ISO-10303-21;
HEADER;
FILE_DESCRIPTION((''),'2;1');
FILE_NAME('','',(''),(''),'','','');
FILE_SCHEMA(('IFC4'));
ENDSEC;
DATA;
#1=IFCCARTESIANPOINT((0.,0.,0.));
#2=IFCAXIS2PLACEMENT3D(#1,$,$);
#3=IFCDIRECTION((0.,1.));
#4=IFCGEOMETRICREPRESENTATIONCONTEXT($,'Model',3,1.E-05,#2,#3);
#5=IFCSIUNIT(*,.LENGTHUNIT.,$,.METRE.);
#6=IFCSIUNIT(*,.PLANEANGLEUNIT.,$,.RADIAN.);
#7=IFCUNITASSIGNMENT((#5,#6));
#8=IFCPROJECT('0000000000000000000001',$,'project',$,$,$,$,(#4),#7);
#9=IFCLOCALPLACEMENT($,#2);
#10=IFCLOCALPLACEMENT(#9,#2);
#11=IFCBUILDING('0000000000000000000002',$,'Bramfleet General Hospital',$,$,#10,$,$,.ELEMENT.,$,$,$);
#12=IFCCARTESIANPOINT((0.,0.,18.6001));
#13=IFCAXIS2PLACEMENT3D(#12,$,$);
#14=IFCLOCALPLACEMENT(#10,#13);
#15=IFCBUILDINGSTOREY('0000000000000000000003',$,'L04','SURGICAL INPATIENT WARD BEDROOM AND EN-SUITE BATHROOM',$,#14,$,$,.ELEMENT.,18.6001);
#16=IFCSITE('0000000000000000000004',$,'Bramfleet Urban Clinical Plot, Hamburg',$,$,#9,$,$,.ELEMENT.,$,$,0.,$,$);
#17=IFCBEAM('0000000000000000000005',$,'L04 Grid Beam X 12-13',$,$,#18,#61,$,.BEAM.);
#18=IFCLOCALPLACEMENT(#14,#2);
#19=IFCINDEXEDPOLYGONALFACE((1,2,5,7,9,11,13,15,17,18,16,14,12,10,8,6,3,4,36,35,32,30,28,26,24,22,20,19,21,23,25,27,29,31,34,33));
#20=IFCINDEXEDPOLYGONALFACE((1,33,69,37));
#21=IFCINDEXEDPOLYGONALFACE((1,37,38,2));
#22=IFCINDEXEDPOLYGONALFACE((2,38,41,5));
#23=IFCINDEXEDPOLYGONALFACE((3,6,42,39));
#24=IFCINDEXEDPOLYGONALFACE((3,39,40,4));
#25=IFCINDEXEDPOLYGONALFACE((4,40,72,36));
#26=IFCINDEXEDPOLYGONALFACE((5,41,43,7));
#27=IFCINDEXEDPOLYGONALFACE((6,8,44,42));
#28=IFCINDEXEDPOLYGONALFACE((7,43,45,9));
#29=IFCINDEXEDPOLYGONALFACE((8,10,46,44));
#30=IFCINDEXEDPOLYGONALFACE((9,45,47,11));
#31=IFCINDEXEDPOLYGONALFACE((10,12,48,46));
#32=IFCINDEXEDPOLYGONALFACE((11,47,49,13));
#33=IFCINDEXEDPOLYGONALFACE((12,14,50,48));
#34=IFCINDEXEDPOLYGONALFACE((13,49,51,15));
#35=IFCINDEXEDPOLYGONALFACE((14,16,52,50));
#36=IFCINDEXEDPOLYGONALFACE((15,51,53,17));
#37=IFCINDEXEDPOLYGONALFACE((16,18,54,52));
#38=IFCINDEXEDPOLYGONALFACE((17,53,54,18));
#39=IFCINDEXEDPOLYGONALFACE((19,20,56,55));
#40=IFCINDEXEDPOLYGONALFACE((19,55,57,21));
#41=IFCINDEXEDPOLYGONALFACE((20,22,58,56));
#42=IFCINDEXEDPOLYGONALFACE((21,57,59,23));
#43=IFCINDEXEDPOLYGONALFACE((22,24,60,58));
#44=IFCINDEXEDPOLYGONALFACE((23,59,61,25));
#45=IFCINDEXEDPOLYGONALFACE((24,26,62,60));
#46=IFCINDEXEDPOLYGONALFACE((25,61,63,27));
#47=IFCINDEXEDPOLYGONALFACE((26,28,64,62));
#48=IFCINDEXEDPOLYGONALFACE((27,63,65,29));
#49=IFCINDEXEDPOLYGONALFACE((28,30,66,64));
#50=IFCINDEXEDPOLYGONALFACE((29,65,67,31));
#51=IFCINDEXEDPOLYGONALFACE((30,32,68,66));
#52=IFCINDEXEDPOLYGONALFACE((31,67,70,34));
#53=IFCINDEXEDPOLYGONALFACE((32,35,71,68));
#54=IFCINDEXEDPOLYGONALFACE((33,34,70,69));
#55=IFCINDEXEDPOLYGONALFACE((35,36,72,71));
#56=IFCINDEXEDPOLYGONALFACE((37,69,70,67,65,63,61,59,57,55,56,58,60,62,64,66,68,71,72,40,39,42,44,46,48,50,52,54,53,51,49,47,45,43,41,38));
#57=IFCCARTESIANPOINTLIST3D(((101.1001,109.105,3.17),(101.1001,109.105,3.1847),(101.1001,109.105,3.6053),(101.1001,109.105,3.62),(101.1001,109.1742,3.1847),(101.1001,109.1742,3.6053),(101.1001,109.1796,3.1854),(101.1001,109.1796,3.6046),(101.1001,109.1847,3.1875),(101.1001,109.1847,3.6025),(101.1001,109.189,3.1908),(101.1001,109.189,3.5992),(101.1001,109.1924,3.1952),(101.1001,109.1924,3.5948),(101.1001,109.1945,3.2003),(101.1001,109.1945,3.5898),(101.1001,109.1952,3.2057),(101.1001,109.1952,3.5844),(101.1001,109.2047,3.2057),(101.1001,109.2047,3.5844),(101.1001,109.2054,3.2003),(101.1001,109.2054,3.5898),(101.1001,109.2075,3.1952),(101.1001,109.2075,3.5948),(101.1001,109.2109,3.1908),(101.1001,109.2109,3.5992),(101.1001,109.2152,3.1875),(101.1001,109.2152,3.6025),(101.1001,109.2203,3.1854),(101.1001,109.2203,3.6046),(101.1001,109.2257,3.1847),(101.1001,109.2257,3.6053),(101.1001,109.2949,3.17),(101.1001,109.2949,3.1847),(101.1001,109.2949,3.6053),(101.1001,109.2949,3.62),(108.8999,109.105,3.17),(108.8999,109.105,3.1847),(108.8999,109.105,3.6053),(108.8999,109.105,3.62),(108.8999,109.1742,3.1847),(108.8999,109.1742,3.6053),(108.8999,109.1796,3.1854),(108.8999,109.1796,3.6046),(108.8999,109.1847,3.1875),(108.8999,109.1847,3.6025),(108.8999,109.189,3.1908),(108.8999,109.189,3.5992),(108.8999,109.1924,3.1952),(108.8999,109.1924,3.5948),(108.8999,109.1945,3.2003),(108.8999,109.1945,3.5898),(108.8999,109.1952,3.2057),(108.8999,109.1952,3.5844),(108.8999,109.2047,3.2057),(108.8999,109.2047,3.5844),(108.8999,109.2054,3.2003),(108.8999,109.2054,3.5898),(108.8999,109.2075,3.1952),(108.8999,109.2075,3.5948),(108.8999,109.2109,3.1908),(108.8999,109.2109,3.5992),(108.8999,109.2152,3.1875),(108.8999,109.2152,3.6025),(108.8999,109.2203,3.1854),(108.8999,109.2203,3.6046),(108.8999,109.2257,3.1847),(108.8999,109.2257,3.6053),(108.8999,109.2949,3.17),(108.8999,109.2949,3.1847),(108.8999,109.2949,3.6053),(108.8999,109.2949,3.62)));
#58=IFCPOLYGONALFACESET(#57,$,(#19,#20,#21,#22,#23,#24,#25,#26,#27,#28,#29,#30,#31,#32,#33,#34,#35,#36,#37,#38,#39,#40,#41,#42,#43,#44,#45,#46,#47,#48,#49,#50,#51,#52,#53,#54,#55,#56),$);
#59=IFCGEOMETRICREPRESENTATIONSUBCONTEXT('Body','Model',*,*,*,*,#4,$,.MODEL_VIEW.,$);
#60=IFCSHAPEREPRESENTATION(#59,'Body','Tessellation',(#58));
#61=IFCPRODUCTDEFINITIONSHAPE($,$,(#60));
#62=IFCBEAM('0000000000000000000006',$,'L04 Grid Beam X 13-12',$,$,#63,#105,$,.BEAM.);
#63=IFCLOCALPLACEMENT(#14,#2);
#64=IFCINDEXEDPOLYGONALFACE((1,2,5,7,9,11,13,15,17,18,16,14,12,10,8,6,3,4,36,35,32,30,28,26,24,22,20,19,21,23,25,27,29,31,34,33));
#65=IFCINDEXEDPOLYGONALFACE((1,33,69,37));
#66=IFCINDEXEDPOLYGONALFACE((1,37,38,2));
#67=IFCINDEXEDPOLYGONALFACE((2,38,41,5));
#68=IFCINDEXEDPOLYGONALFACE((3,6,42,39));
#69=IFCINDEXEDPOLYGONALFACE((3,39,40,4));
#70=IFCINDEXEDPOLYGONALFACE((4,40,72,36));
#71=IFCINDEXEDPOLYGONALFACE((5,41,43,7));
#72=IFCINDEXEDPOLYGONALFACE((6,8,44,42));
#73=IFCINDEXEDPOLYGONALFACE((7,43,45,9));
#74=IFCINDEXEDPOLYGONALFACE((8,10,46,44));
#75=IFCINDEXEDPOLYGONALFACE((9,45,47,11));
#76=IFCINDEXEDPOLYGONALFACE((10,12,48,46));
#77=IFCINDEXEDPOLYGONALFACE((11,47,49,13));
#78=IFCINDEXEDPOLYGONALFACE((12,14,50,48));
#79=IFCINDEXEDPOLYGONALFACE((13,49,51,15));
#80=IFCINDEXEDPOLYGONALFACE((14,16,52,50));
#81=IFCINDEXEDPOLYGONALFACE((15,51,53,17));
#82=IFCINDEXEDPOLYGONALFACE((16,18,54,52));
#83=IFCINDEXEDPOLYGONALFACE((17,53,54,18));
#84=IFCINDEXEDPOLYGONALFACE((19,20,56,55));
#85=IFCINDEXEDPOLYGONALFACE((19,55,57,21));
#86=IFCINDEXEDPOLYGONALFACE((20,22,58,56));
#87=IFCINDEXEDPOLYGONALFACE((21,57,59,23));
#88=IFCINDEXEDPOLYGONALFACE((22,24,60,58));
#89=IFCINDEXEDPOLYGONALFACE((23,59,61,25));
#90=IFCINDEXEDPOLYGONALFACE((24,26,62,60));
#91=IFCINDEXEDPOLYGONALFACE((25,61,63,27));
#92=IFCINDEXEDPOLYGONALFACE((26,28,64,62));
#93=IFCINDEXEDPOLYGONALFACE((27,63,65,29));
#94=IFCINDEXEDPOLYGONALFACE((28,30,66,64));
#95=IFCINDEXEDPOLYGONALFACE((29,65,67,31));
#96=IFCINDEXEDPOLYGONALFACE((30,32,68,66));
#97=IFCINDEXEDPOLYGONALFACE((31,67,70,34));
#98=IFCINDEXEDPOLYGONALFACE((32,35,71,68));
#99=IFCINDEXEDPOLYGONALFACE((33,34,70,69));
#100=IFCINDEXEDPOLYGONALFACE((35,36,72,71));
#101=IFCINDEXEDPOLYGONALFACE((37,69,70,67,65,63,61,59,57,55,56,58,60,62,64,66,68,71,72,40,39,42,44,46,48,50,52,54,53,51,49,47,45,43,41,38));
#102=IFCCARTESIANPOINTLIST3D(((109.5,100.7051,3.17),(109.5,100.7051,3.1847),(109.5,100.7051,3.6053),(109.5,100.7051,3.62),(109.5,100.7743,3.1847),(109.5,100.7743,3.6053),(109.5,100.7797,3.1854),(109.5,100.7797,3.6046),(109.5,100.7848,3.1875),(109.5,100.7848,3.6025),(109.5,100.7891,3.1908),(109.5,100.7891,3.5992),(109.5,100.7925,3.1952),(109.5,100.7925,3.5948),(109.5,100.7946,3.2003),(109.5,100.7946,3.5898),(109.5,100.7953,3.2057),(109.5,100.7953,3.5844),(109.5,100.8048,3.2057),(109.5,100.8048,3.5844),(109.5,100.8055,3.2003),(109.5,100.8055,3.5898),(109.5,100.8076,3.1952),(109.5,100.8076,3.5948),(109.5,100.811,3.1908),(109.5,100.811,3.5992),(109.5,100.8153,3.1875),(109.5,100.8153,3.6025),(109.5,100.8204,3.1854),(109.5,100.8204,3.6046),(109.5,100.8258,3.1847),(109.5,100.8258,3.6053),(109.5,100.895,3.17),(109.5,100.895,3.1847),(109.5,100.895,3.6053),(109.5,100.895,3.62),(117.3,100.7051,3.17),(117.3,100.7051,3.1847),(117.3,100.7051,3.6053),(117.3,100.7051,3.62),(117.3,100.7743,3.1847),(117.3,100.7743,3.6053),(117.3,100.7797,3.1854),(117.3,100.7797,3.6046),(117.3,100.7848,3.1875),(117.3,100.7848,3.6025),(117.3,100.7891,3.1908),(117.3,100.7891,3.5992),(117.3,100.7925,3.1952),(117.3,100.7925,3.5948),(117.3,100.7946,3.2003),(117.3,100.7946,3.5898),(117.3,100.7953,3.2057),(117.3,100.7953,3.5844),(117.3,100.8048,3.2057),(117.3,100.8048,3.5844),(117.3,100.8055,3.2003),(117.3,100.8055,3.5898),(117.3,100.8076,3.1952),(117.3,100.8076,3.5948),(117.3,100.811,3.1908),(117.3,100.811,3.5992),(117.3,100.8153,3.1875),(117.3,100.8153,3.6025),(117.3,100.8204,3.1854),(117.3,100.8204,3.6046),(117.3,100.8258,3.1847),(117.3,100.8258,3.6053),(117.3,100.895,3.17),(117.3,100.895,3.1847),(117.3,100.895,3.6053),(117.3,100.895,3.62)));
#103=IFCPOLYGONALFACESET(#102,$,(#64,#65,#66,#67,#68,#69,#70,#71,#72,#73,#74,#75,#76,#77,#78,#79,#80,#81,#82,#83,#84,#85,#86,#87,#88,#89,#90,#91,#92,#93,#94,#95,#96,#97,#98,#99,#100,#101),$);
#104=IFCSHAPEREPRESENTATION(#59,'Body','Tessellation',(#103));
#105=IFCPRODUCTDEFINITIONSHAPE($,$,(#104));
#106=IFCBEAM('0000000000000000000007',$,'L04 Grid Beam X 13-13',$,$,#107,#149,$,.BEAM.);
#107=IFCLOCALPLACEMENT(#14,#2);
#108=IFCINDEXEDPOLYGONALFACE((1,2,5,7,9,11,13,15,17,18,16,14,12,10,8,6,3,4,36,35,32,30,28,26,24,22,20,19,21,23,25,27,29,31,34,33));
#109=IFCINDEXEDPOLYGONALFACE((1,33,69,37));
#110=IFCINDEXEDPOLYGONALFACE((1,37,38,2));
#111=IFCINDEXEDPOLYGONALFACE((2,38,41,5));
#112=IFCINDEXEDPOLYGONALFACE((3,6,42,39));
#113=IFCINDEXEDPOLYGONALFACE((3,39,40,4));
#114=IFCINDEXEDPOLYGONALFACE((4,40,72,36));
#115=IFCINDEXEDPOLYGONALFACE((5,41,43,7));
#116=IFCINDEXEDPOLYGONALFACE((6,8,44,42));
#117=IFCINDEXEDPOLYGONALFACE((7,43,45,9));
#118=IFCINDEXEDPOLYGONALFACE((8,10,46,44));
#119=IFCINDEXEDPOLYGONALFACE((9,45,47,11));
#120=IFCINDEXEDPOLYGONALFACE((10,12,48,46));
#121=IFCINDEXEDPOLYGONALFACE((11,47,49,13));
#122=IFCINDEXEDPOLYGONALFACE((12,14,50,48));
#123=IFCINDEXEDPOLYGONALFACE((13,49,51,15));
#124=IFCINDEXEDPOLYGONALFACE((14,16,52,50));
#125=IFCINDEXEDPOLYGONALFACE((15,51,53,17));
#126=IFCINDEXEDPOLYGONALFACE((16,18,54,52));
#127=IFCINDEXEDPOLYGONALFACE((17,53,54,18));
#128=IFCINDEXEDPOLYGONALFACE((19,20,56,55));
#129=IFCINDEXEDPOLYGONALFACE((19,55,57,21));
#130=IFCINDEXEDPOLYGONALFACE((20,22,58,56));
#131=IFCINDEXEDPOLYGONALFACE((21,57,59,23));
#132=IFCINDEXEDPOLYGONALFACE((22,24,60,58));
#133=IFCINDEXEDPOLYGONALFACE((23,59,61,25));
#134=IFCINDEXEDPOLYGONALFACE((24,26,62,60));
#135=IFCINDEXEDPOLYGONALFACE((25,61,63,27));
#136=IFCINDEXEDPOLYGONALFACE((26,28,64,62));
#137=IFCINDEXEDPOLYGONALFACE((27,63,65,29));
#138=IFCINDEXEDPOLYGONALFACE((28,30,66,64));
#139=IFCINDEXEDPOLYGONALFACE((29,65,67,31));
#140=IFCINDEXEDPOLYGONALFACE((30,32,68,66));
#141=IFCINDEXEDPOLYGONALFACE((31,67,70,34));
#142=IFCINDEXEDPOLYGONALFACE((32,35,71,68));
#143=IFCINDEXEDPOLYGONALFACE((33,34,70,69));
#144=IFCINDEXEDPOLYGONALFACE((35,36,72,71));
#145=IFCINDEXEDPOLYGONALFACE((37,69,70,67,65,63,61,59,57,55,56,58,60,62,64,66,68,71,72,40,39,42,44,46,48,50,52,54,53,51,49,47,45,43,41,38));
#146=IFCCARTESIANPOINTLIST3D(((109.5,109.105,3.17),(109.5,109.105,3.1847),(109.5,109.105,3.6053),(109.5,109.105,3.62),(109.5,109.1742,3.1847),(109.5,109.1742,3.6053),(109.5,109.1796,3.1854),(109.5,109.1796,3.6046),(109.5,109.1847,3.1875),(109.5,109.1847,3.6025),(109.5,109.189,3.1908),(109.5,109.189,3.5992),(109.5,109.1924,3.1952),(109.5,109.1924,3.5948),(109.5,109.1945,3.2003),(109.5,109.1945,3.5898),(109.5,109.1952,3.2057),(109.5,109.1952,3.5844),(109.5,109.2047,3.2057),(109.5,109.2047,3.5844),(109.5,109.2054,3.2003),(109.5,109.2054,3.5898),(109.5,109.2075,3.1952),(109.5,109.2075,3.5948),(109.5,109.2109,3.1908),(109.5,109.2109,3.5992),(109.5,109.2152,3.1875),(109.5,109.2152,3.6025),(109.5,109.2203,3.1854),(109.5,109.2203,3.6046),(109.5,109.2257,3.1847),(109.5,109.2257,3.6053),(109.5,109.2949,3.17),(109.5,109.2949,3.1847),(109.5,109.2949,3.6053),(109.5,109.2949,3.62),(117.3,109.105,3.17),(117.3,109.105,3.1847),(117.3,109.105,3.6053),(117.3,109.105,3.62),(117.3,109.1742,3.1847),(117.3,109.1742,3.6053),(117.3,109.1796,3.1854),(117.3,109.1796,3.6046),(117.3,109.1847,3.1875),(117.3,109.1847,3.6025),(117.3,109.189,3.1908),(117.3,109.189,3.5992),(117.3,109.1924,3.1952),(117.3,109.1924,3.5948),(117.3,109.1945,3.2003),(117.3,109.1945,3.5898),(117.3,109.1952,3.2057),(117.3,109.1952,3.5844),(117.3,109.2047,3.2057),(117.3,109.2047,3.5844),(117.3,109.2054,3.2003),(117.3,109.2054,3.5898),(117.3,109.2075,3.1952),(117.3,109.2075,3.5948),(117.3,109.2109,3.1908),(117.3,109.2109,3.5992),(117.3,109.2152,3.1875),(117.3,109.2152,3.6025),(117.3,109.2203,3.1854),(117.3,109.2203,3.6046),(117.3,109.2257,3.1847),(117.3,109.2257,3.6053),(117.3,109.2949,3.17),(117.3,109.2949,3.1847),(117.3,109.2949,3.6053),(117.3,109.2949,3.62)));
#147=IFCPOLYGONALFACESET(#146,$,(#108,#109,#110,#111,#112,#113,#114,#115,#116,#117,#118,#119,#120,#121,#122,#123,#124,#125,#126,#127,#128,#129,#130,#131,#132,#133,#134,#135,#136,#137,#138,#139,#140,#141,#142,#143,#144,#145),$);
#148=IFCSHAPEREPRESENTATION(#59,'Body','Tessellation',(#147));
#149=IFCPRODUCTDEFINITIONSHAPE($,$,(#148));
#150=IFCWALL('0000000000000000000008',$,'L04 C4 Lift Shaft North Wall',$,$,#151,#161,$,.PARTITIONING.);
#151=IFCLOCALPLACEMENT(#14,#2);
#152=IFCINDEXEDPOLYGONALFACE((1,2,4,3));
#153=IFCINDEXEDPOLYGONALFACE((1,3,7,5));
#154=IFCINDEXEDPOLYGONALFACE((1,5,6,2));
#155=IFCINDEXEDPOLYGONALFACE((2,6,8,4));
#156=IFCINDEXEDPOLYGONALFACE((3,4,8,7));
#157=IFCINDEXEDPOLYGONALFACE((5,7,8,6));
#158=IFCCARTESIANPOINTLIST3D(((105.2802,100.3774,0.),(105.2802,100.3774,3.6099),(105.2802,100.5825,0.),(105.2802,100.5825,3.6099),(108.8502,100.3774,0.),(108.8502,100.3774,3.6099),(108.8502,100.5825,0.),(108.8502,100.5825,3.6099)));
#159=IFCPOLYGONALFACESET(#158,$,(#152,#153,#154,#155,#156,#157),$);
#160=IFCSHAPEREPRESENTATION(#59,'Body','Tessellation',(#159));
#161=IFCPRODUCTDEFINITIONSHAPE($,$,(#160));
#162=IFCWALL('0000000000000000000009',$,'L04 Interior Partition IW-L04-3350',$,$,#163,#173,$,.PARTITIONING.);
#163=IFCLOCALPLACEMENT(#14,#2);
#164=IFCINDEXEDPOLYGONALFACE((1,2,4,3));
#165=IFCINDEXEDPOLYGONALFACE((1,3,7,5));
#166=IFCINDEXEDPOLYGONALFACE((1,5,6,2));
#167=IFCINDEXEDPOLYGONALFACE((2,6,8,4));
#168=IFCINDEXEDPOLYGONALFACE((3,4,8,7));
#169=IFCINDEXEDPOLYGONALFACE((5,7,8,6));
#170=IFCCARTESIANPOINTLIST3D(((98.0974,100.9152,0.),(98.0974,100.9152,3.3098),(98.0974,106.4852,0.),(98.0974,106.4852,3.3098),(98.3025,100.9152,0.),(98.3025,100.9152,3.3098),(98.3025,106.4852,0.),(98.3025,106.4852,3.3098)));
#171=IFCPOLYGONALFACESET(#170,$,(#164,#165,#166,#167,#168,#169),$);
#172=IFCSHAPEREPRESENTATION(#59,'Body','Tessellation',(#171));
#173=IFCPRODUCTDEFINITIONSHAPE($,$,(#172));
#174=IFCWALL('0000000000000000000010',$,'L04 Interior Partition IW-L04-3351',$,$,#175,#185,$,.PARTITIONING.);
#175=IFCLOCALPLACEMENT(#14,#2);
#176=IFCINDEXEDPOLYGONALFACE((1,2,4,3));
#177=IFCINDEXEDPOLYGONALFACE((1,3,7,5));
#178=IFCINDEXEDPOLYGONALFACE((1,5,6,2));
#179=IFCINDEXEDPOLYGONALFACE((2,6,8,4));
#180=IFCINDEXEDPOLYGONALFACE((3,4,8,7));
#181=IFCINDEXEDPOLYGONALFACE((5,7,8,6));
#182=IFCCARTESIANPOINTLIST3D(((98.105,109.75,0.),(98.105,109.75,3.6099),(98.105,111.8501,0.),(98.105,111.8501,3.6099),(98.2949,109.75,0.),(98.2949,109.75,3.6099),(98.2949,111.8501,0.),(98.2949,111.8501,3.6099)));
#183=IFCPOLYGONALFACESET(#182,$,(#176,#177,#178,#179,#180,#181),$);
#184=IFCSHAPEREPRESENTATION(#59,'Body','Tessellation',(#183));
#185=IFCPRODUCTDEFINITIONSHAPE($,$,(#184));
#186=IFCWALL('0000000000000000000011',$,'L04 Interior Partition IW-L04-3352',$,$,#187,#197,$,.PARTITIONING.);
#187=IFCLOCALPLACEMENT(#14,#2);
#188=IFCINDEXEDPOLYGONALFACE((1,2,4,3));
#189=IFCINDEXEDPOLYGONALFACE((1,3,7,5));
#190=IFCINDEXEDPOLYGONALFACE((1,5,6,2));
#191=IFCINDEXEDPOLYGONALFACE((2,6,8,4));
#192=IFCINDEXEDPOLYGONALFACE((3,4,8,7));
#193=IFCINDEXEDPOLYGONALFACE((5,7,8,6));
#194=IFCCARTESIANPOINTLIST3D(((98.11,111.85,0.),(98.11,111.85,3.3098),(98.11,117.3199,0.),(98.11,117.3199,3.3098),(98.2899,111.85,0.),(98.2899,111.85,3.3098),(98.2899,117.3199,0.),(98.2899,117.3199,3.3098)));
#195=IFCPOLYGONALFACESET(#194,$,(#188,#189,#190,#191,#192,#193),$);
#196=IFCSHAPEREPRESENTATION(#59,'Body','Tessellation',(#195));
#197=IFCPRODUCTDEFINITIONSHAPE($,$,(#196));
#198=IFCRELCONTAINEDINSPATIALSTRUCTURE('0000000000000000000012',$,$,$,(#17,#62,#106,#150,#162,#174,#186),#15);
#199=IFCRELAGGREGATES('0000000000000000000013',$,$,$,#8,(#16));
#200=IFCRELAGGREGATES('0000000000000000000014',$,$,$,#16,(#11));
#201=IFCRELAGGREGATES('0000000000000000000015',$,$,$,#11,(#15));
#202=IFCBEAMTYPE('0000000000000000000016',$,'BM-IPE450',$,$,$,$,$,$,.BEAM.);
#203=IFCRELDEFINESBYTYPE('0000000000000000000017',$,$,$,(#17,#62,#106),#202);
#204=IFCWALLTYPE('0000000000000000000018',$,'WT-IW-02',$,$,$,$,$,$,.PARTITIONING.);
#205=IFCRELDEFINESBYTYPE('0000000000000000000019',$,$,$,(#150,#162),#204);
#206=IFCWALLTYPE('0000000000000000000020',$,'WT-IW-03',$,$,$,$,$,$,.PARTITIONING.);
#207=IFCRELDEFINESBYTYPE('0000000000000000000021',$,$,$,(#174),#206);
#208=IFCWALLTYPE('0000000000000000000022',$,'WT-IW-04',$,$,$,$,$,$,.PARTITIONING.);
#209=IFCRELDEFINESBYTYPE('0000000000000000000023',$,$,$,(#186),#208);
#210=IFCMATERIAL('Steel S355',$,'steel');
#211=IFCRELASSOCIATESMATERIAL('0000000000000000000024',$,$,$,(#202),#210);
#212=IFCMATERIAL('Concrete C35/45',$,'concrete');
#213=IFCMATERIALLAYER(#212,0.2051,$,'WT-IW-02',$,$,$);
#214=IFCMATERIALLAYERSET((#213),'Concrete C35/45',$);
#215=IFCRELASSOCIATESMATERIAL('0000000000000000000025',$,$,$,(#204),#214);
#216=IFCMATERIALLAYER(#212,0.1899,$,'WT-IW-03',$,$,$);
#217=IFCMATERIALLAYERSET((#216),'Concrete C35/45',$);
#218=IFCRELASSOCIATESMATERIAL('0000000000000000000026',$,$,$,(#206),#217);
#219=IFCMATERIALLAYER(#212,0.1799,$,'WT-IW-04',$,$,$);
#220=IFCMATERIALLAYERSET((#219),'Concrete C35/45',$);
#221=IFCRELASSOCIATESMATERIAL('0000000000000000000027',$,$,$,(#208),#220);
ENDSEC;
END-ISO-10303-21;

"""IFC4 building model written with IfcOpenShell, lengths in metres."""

from ifc_helpers import new_model, si_unit, direction, frame, frame_2d, origin, origin_2d, place, context, subcontext, project, spatial, rectangle, i_section, extrude, material, layer, layer_set, material_profile, profile_set, type_object, element, save


model = new_model("IFC4")

# Units and contexts
model_context = context("Model", 3, precision=1e-05, world=origin(), true_north=direction((0.0, 1.0)))
body_context = subcontext(model_context, "Body", "Model", "MODEL_VIEW")
ifc_project = project(units=[si_unit("LENGTHUNIT", "METRE"), si_unit("PLANEANGLEUNIT", "RADIAN")], contexts=[model_context])

# Site, building, storey
site_placement = place(None, origin())
site = spatial("IfcSite", under=ifc_project, at=site_placement, Name="Bramfleet Urban Clinical Plot, Hamburg", CompositionType="ELEMENT", RefElevation=0.0)
building_placement = place(site_placement, origin())
building = spatial("IfcBuilding", under=site, at=building_placement, Name="Bramfleet General Hospital", CompositionType="ELEMENT")
storey_placement = place(building_placement, frame((0.0, 0.0, 18.6001)))
storey = spatial("IfcBuildingStorey", under=building, at=storey_placement, Name="L04", Description="SURGICAL INPATIENT WARD BEDROOM AND EN-SUITE BATHROOM", CompositionType="ELEMENT", Elevation=18.6001)

# Beams
ifc_material_1 = material(Name="Steel S355", Category="steel")
ifc_material_profile_1 = material_profile(ifc_material_1, i_section(OverallWidth=0.1899, OverallDepth=0.45, WebThickness=0.0095, FlangeThickness=0.0146, FilletRadius=0.021, at=origin_2d()), Name="IPE 450")
ifc_profile_set_1 = profile_set([ifc_material_profile_1], Name="Steel S355")
beam_type_1 = type_object("IfcBeamType", Name="BM-IPE450", PredefinedType="BEAM", material=ifc_profile_set_1)
for number, where, z_axis, x_axis, name in (
    (1, (101.1001, 109.2, 3.395), (1.0, 0.0, 0.0), (0.0, 1.0, 0.0), "L04 Grid Beam X 12-13"),
):
    element("IfcBeam", number, at=place(storey_placement, frame(where, z_axis=z_axis, x_axis=x_axis)), inside=storey, type_object=beam_type_1, Name=name, PredefinedType="BEAM", context=body_context, shape_type="SweptSolid", body=[
        extrude(i_section(OverallWidth=0.1899, OverallDepth=0.45, WebThickness=0.0095, FlangeThickness=0.0146, FilletRadius=0.021, at=origin_2d()), origin(), (0.0, 0.0, 1.0), 7.7998),
    ])
for number, where, z_axis, x_axis, name in (
    (2, (109.5, 100.8, 3.395), (1.0, 0.0, 0.0), (0.0, 1.0, 0.0), "L04 Grid Beam X 13-12"),
    (3, (109.5, 109.2, 3.395), (1.0, 0.0, 0.0), (0.0, 1.0, 0.0), "L04 Grid Beam X 13-13"),
):
    element("IfcBeam", number, at=place(storey_placement, frame(where, z_axis=z_axis, x_axis=x_axis)), inside=storey, type_object=beam_type_1, Name=name, PredefinedType="BEAM", context=body_context, shape_type="SweptSolid", body=[
        extrude(i_section(OverallWidth=0.1899, OverallDepth=0.45, WebThickness=0.0095, FlangeThickness=0.0146, FilletRadius=0.021, at=origin_2d()), origin(), (0.0, 0.0, 1.0), 7.8),
    ])

# Walls
ifc_material_2 = material(Name="Concrete C35/45", Category="concrete")
ifc_layer_1 = layer(ifc_material_2, 0.2051, Name="WT-IW-02")
ifc_layer_set_1 = layer_set([ifc_layer_1], Name="Concrete C35/45")
wall_type_1 = type_object("IfcWallType", Name="WT-IW-02", PredefinedType="PARTITIONING", material=ifc_layer_set_1)
wall_1_placement = place(storey_placement, frame((105.28, 100.48, 0.0), z_axis=(0.0, 0.0, 1.0), x_axis=(1.0, 0.0, 0.0)))
element("IfcWall", 4, at=wall_1_placement, inside=storey, type_object=wall_type_1, Name="L04 C4 Lift Shaft North Wall", PredefinedType="PARTITIONING", context=body_context, shape_type="SweptSolid", body=[
    extrude(rectangle(XDim=3.5701, YDim=0.2051, at=frame_2d((1.7852, 0.0))), origin(), (0.0, 0.0, 1.0), 3.6099),
])
wall_2_placement = place(storey_placement, frame((98.2, 100.915, 0.0), z_axis=(0.0, 0.0, 1.0), x_axis=(0.0, 1.0, 0.0)))
element("IfcWall", 5, at=wall_2_placement, inside=storey, type_object=wall_type_1, Name="L04 Interior Partition IW-L04-3350", PredefinedType="PARTITIONING", context=body_context, shape_type="SweptSolid", body=[
    extrude(rectangle(XDim=5.5701, YDim=0.2051, at=frame_2d((2.7852, 0.0))), origin(), (0.0, 0.0, 1.0), 3.3098),
])
ifc_layer_2 = layer(ifc_material_2, 0.1899, Name="WT-IW-03")
ifc_layer_set_2 = layer_set([ifc_layer_2], Name="Concrete C35/45")
wall_type_2 = type_object("IfcWallType", Name="WT-IW-03", PredefinedType="PARTITIONING", material=ifc_layer_set_2)
wall_3_placement = place(storey_placement, frame((98.2, 109.75, 0.0), z_axis=(0.0, 0.0, 1.0), x_axis=(0.0, 1.0, 0.0)))
element("IfcWall", 6, at=wall_3_placement, inside=storey, type_object=wall_type_2, Name="L04 Interior Partition IW-L04-3351", PredefinedType="PARTITIONING", context=body_context, shape_type="SweptSolid", body=[
    extrude(rectangle(XDim=2.1001, YDim=0.1899, at=frame_2d((1.05, 0.0))), origin(), (0.0, 0.0, 1.0), 3.6099),
])
ifc_layer_3 = layer(ifc_material_2, 0.1799, Name="WT-IW-04")
ifc_layer_set_3 = layer_set([ifc_layer_3], Name="Concrete C35/45")
wall_type_3 = type_object("IfcWallType", Name="WT-IW-04", PredefinedType="PARTITIONING", material=ifc_layer_set_3)
wall_4_placement = place(storey_placement, frame((98.2, 111.8501, 0.0), z_axis=(0.0, 0.0, 1.0), x_axis=(0.0, 1.0, 0.0)))
element("IfcWall", 7, at=wall_4_placement, inside=storey, type_object=wall_type_3, Name="L04 Interior Partition IW-L04-3352", PredefinedType="PARTITIONING", context=body_context, shape_type="SweptSolid", body=[
    extrude(rectangle(XDim=5.47, YDim=0.1799, at=frame_2d((2.7349, 0.0))), origin(), (0.0, 0.0, 1.0), 3.3098),
])

save(model, "model.ifc")
